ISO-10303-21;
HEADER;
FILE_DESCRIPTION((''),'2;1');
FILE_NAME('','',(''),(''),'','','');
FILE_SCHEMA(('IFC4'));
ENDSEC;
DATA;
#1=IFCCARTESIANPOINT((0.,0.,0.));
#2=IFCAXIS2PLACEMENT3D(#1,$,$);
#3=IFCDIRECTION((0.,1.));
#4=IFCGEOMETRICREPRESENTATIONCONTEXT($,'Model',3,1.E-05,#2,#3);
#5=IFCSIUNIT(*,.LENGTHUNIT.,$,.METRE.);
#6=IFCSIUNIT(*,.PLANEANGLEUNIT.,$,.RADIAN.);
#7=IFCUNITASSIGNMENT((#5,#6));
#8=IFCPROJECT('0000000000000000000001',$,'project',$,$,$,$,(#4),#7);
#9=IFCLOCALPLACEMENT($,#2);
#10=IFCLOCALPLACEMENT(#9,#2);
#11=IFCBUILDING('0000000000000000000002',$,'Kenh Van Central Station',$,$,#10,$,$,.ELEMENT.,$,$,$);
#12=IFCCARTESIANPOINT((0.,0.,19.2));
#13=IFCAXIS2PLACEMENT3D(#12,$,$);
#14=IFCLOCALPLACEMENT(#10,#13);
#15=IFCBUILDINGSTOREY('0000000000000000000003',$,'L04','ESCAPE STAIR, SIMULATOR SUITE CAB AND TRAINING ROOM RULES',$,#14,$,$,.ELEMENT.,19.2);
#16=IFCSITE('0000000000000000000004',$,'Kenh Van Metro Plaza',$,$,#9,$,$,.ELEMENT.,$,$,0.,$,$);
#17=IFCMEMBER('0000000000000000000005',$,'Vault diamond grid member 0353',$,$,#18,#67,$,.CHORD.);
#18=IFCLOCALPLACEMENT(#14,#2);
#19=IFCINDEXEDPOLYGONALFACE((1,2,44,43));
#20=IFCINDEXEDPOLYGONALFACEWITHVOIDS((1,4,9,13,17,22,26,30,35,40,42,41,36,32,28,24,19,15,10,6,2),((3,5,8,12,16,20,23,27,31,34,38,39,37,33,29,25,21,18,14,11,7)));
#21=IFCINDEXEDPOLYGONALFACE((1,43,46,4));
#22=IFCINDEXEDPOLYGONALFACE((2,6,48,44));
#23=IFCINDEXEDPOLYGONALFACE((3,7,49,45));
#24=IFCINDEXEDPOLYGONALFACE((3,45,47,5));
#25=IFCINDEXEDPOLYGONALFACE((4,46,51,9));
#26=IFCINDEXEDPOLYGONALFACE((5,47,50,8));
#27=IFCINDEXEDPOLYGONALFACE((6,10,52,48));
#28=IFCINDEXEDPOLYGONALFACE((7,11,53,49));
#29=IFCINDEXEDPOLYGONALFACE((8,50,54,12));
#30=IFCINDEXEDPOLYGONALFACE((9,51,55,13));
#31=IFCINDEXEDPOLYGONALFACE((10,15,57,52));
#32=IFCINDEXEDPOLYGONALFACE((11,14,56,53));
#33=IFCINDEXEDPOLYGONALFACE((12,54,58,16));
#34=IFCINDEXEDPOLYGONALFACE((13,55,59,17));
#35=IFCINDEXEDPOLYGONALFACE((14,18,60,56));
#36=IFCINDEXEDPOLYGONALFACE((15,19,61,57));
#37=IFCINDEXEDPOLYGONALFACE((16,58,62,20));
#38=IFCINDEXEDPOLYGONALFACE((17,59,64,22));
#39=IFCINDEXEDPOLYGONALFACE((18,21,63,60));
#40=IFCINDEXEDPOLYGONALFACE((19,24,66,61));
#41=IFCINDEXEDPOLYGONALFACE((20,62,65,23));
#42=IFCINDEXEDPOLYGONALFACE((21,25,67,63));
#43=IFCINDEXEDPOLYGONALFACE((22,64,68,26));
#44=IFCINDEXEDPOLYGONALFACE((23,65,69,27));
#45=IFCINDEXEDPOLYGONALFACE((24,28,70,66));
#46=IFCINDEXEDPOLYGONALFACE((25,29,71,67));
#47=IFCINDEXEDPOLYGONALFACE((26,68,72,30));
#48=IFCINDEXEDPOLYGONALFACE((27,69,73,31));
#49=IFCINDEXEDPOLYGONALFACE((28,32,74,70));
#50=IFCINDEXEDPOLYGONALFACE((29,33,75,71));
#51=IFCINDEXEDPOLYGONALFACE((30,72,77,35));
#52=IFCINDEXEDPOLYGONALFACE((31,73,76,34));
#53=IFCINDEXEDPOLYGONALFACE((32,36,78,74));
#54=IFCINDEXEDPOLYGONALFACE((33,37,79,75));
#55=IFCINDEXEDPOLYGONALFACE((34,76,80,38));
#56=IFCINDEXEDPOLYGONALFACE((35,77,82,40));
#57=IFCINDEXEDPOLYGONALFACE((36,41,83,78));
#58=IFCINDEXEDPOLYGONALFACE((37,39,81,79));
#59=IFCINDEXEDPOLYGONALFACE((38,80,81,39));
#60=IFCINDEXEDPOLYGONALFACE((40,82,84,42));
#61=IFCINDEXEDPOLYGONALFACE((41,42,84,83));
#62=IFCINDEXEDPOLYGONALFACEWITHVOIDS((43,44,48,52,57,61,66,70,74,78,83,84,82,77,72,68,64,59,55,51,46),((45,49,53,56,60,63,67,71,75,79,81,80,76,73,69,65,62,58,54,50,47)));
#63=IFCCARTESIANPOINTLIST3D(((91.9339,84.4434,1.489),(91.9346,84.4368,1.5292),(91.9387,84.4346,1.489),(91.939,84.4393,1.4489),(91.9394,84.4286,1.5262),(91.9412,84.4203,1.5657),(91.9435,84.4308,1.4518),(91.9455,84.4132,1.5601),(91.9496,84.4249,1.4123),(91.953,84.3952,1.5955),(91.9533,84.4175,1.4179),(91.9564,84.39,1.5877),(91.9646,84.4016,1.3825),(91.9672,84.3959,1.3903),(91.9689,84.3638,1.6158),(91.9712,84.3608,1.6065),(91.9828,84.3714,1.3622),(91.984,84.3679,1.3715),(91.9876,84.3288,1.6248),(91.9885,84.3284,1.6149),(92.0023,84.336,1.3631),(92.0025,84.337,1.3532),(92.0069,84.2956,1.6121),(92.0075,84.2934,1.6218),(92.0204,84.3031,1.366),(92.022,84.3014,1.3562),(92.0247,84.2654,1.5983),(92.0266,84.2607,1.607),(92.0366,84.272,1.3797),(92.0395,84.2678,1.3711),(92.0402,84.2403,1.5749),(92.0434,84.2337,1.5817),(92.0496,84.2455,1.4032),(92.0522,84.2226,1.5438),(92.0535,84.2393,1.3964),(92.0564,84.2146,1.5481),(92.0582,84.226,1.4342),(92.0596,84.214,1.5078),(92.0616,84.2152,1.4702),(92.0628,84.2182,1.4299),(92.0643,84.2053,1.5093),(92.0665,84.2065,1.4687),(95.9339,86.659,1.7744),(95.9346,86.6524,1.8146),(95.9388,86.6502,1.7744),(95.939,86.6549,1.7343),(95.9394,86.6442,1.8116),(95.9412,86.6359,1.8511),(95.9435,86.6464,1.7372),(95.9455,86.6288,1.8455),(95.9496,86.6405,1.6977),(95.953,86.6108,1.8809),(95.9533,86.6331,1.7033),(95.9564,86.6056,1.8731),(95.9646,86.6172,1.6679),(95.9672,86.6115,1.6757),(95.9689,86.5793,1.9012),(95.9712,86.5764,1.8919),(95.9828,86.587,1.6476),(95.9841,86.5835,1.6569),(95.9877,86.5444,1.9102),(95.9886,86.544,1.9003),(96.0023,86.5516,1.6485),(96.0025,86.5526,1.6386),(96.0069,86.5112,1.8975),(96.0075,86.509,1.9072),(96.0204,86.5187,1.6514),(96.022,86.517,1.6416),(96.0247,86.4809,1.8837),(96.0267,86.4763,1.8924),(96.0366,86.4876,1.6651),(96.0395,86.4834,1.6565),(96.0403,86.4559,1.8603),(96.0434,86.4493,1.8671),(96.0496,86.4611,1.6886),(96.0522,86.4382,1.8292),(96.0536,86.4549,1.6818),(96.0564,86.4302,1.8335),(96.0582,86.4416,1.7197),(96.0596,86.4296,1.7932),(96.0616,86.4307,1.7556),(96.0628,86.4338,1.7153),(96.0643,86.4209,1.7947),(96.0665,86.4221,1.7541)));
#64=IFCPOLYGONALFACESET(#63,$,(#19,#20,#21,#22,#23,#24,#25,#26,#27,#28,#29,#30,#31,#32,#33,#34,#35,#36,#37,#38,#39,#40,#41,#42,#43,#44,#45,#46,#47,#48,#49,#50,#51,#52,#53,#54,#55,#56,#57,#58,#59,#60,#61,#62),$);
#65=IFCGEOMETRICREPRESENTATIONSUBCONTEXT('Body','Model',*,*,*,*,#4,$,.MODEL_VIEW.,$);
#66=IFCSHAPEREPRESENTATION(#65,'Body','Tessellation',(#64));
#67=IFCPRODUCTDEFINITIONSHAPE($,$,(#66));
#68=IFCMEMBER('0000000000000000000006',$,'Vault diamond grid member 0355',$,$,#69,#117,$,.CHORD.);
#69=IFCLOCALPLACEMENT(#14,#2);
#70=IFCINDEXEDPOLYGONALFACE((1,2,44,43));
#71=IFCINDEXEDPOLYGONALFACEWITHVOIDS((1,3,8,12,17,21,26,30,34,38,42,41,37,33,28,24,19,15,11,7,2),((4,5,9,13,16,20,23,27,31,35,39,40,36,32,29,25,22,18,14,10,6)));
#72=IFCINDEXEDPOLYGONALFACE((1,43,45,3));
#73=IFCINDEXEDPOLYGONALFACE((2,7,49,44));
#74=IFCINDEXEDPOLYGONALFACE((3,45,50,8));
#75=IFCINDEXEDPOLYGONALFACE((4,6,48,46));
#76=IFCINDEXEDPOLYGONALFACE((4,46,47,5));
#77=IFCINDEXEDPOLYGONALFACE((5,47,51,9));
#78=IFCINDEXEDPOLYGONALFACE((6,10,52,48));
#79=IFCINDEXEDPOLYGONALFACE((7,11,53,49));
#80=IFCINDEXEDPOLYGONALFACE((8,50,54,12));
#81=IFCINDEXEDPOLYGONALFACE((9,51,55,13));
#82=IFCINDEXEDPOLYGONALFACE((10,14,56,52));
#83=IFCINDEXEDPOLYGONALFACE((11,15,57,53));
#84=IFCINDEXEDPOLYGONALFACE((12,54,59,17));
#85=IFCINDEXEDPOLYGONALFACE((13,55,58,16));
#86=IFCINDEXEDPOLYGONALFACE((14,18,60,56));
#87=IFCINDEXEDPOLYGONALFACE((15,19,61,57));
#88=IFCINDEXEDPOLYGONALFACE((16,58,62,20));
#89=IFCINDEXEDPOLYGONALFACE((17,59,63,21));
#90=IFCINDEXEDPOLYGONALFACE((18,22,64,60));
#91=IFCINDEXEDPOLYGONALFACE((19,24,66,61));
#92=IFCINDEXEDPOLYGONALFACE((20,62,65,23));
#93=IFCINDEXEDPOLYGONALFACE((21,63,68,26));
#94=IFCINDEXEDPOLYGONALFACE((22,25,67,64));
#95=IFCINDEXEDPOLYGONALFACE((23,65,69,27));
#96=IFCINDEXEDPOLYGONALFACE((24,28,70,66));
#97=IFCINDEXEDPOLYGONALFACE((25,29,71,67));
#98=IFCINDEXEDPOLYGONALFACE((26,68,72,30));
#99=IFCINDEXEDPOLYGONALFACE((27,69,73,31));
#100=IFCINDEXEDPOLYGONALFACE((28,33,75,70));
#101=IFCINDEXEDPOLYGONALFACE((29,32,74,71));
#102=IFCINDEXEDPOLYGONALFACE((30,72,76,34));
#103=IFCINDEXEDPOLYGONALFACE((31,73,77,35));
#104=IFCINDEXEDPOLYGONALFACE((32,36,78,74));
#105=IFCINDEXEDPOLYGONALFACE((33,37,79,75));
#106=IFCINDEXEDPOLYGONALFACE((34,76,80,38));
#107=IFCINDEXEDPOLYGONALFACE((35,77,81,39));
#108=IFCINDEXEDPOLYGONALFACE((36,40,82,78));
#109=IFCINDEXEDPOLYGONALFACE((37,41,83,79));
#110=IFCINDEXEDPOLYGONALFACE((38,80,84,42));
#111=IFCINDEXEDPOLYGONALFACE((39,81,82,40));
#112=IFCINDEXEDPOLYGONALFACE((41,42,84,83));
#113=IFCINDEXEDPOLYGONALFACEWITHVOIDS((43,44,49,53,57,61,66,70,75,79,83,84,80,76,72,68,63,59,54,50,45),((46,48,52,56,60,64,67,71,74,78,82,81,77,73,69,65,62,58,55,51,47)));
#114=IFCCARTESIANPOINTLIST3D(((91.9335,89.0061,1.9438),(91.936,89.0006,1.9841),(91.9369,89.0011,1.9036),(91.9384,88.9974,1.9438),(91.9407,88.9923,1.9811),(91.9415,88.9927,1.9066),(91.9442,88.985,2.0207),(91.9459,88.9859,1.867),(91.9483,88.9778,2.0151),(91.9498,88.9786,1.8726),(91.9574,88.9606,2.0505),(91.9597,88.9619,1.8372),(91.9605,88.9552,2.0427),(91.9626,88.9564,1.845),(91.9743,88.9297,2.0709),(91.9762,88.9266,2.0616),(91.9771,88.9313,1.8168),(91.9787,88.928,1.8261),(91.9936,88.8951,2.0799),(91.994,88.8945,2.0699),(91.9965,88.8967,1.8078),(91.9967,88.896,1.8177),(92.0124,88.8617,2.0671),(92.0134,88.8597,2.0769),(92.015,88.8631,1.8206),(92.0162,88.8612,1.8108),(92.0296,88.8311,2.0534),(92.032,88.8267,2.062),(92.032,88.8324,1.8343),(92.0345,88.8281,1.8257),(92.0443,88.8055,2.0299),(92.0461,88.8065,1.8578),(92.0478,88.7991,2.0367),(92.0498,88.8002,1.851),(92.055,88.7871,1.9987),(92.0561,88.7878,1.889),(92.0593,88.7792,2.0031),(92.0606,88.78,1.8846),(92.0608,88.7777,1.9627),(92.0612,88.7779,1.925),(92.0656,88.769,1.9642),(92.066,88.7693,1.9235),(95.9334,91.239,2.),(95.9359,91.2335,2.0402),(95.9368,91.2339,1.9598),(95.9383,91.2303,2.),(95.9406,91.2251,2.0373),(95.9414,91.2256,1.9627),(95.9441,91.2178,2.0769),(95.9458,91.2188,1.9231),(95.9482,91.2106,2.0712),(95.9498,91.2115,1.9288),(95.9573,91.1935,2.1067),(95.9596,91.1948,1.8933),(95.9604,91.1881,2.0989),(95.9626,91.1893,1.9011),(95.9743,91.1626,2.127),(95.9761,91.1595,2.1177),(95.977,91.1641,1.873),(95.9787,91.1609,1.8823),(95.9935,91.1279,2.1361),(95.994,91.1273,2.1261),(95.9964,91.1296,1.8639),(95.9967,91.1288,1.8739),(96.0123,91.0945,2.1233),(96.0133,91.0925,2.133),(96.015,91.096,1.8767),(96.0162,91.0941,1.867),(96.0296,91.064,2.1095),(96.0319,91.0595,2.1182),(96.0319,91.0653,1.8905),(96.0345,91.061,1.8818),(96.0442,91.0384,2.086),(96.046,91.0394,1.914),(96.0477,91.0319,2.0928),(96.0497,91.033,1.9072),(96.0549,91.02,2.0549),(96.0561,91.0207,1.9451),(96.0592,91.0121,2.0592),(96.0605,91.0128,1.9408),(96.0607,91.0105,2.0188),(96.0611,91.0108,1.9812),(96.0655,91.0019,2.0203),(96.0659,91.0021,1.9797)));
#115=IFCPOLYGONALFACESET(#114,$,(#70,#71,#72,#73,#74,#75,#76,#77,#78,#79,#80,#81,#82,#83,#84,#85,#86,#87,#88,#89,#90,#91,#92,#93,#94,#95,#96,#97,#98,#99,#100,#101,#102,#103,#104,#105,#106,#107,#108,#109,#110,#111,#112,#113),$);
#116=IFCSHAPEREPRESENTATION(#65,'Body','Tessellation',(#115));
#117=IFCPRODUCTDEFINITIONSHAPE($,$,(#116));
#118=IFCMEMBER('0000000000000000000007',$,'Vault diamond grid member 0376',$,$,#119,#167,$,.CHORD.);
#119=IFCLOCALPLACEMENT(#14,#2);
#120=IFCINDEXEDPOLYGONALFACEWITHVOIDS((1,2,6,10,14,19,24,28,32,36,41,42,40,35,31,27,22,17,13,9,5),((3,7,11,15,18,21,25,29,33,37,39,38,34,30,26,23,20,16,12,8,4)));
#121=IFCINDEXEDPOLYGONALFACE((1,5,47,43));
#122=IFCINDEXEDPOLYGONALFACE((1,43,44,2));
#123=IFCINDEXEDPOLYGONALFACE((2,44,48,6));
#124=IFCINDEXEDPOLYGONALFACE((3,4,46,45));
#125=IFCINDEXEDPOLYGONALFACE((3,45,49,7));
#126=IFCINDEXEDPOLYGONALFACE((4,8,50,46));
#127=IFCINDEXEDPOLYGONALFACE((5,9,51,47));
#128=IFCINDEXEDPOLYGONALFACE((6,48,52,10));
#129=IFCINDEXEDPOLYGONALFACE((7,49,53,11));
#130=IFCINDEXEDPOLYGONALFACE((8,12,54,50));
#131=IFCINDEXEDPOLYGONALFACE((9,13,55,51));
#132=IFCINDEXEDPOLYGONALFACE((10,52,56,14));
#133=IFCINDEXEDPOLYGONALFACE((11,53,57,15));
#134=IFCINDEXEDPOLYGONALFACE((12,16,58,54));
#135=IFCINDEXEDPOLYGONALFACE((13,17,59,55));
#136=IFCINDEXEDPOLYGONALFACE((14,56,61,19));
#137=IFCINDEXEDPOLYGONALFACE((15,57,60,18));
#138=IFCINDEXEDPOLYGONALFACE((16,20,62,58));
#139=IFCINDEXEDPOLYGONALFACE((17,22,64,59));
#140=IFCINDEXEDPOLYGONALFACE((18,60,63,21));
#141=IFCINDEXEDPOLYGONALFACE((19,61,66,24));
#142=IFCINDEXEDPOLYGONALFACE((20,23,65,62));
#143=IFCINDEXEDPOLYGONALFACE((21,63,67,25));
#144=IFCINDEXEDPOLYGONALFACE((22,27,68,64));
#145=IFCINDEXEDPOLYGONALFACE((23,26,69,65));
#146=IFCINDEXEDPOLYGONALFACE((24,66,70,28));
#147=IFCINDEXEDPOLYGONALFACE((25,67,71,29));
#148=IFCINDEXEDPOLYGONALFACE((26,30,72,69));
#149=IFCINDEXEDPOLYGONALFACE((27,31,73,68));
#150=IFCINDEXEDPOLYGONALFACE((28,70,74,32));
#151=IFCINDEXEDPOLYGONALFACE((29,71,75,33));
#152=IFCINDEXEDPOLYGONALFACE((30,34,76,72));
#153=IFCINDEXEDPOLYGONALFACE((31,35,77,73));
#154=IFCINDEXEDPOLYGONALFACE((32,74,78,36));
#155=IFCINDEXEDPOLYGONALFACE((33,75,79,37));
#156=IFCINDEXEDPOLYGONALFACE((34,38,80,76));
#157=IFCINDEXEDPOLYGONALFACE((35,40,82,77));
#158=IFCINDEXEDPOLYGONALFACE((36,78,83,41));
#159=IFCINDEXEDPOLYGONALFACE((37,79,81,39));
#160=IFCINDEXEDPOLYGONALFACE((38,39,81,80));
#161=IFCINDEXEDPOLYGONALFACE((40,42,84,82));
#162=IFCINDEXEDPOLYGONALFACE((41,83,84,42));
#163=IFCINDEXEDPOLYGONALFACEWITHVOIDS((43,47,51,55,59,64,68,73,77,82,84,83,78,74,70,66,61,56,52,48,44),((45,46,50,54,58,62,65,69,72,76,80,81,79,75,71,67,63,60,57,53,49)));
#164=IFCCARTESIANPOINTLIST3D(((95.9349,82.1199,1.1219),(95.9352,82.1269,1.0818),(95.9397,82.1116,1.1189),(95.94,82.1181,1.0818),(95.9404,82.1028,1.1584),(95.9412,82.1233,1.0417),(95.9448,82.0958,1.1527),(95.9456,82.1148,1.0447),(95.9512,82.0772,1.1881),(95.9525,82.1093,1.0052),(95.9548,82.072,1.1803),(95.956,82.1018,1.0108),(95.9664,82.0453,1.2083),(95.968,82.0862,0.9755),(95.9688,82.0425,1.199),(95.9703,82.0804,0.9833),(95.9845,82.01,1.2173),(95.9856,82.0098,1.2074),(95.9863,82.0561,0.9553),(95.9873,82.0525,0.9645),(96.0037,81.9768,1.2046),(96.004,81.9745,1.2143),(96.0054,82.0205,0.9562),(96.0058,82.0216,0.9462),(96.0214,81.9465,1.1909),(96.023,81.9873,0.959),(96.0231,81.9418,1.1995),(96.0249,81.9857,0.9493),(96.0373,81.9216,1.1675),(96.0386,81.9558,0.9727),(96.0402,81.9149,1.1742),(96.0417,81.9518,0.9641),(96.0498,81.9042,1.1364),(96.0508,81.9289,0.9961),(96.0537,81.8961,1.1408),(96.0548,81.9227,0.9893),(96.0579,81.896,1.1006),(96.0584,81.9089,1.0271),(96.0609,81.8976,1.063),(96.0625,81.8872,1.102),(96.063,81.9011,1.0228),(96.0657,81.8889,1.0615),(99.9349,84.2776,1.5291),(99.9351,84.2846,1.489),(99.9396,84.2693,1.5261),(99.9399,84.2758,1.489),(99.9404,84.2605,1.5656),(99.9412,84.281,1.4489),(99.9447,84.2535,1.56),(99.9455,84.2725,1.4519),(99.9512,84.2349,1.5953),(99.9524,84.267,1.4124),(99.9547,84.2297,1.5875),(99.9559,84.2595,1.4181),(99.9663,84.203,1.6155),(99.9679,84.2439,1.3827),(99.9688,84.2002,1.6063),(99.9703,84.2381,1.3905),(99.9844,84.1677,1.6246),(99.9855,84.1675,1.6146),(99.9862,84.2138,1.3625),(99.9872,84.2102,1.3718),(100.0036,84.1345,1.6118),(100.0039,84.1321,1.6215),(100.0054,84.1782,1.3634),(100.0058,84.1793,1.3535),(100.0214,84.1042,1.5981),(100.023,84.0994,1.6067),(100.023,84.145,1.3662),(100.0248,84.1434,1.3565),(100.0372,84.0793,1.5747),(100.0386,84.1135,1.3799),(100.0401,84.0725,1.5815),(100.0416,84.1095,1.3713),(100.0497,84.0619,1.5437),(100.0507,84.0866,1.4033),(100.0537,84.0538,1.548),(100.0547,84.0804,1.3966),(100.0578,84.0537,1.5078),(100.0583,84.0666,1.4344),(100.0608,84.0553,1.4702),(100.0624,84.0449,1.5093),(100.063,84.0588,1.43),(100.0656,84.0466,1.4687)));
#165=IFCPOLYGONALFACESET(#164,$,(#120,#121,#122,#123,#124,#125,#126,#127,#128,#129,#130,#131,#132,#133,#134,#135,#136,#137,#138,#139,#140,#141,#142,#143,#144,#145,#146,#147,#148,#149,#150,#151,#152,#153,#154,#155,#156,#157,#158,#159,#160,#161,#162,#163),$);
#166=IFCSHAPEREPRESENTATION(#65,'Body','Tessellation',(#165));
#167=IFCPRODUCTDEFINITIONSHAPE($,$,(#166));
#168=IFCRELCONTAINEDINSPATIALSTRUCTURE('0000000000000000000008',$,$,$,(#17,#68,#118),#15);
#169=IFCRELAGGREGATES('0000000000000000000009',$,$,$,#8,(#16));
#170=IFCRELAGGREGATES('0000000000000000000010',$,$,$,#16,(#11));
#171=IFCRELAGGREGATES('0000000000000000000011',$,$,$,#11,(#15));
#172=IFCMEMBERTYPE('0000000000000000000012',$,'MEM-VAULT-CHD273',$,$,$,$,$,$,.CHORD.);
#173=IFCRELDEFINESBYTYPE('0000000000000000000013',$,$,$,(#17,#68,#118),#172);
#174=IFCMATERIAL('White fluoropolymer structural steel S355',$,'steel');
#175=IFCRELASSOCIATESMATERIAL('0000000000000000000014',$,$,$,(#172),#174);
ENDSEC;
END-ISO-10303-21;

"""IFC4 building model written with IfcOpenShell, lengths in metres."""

from ifc_helpers import new_model, si_unit, direction, frame, origin, origin_2d, place, context, subcontext, project, spatial, hollow_circle, extrude, material, material_profile, profile_set, type_object, element, save


model = new_model("IFC4")

# Units and contexts
model_context = context("Model", 3, precision=1e-05, world=origin(), true_north=direction((0.0, 1.0)))
body_context = subcontext(model_context, "Body", "Model", "MODEL_VIEW")
ifc_project = project(units=[si_unit("LENGTHUNIT", "METRE"), si_unit("PLANEANGLEUNIT", "RADIAN")], contexts=[model_context])

# Site, building, storey
site_placement = place(None, origin())
site = spatial("IfcSite", under=ifc_project, at=site_placement, Name="Kenh Van Metro Plaza", CompositionType="ELEMENT", RefElevation=0.0)
building_placement = place(site_placement, origin())
building = spatial("IfcBuilding", under=site, at=building_placement, Name="Kenh Van Central Station", CompositionType="ELEMENT")
storey_placement = place(building_placement, frame((0.0, 0.0, 19.2)))
storey = spatial("IfcBuildingStorey", under=building, at=storey_placement, Name="L04", Description="ESCAPE STAIR, SIMULATOR SUITE CAB AND TRAINING ROOM RULES", CompositionType="ELEMENT", Elevation=19.2)

# Shared definitions
ifc_material_1 = material(Name="White fluoropolymer structural steel S355", Category="steel")

# Members
ifc_material_profile_1 = material_profile(ifc_material_1, hollow_circle(Radius=0.1365, WallThickness=0.01, at=origin_2d()), Name="CHS 273x10")
ifc_profile_set_1 = profile_set([ifc_material_profile_1], Name="White fluoropolymer structural steel S355")
member_type_1 = type_object("IfcMemberType", Name="MEM-VAULT-CHD273", PredefinedType="CHORD", material=ifc_profile_set_1)
member_1_placement = place(storey_placement, frame((92.0, 84.324, 1.489), z_axis=(0.873075, 0.483591, 0.062294), x_axis=(-0.484532, 0.874774, 0.0)))
element("IfcMember", 1, at=member_1_placement, inside=storey, type_object=member_type_1, Name="Vault diamond grid member 0353", PredefinedType="CHORD", context=body_context, shape_type="SweptSolid", body=[
    extrude(hollow_circle(Radius=0.1365, WallThickness=0.01, at=origin_2d()), origin(), (0.0, 0.0, 1.0), 4.5815),
])
member_2_placement = place(storey_placement, frame((92.0, 88.887, 1.9438), z_axis=(0.873099, 0.487388, 0.012257), x_axis=(-0.487425, 0.873165, 0.0)))
element("IfcMember", 2, at=member_2_placement, inside=storey, type_object=member_type_1, Name="Vault diamond grid member 0355", PredefinedType="CHORD", context=body_context, shape_type="SweptSolid", body=[
    extrude(hollow_circle(Radius=0.1365, WallThickness=0.01, at=origin_2d()), origin(), (0.0, 0.0, 1.0), 4.5813),
])
member_3_placement = place(storey_placement, frame((96.0, 82.0068, 1.0818), z_axis=(0.876604, 0.472865, 0.089244), x_axis=(-0.47476, 0.880116, 0.0)))
element("IfcMember", 3, at=member_3_placement, inside=storey, type_object=member_type_1, Name="Vault diamond grid member 0376", PredefinedType="CHORD", context=body_context, shape_type="SweptSolid", body=[
    extrude(hollow_circle(Radius=0.1365, WallThickness=0.01, at=origin_2d()), origin(), (0.0, 0.0, 1.0), 4.563),
])

save(model, "model.ifc")
